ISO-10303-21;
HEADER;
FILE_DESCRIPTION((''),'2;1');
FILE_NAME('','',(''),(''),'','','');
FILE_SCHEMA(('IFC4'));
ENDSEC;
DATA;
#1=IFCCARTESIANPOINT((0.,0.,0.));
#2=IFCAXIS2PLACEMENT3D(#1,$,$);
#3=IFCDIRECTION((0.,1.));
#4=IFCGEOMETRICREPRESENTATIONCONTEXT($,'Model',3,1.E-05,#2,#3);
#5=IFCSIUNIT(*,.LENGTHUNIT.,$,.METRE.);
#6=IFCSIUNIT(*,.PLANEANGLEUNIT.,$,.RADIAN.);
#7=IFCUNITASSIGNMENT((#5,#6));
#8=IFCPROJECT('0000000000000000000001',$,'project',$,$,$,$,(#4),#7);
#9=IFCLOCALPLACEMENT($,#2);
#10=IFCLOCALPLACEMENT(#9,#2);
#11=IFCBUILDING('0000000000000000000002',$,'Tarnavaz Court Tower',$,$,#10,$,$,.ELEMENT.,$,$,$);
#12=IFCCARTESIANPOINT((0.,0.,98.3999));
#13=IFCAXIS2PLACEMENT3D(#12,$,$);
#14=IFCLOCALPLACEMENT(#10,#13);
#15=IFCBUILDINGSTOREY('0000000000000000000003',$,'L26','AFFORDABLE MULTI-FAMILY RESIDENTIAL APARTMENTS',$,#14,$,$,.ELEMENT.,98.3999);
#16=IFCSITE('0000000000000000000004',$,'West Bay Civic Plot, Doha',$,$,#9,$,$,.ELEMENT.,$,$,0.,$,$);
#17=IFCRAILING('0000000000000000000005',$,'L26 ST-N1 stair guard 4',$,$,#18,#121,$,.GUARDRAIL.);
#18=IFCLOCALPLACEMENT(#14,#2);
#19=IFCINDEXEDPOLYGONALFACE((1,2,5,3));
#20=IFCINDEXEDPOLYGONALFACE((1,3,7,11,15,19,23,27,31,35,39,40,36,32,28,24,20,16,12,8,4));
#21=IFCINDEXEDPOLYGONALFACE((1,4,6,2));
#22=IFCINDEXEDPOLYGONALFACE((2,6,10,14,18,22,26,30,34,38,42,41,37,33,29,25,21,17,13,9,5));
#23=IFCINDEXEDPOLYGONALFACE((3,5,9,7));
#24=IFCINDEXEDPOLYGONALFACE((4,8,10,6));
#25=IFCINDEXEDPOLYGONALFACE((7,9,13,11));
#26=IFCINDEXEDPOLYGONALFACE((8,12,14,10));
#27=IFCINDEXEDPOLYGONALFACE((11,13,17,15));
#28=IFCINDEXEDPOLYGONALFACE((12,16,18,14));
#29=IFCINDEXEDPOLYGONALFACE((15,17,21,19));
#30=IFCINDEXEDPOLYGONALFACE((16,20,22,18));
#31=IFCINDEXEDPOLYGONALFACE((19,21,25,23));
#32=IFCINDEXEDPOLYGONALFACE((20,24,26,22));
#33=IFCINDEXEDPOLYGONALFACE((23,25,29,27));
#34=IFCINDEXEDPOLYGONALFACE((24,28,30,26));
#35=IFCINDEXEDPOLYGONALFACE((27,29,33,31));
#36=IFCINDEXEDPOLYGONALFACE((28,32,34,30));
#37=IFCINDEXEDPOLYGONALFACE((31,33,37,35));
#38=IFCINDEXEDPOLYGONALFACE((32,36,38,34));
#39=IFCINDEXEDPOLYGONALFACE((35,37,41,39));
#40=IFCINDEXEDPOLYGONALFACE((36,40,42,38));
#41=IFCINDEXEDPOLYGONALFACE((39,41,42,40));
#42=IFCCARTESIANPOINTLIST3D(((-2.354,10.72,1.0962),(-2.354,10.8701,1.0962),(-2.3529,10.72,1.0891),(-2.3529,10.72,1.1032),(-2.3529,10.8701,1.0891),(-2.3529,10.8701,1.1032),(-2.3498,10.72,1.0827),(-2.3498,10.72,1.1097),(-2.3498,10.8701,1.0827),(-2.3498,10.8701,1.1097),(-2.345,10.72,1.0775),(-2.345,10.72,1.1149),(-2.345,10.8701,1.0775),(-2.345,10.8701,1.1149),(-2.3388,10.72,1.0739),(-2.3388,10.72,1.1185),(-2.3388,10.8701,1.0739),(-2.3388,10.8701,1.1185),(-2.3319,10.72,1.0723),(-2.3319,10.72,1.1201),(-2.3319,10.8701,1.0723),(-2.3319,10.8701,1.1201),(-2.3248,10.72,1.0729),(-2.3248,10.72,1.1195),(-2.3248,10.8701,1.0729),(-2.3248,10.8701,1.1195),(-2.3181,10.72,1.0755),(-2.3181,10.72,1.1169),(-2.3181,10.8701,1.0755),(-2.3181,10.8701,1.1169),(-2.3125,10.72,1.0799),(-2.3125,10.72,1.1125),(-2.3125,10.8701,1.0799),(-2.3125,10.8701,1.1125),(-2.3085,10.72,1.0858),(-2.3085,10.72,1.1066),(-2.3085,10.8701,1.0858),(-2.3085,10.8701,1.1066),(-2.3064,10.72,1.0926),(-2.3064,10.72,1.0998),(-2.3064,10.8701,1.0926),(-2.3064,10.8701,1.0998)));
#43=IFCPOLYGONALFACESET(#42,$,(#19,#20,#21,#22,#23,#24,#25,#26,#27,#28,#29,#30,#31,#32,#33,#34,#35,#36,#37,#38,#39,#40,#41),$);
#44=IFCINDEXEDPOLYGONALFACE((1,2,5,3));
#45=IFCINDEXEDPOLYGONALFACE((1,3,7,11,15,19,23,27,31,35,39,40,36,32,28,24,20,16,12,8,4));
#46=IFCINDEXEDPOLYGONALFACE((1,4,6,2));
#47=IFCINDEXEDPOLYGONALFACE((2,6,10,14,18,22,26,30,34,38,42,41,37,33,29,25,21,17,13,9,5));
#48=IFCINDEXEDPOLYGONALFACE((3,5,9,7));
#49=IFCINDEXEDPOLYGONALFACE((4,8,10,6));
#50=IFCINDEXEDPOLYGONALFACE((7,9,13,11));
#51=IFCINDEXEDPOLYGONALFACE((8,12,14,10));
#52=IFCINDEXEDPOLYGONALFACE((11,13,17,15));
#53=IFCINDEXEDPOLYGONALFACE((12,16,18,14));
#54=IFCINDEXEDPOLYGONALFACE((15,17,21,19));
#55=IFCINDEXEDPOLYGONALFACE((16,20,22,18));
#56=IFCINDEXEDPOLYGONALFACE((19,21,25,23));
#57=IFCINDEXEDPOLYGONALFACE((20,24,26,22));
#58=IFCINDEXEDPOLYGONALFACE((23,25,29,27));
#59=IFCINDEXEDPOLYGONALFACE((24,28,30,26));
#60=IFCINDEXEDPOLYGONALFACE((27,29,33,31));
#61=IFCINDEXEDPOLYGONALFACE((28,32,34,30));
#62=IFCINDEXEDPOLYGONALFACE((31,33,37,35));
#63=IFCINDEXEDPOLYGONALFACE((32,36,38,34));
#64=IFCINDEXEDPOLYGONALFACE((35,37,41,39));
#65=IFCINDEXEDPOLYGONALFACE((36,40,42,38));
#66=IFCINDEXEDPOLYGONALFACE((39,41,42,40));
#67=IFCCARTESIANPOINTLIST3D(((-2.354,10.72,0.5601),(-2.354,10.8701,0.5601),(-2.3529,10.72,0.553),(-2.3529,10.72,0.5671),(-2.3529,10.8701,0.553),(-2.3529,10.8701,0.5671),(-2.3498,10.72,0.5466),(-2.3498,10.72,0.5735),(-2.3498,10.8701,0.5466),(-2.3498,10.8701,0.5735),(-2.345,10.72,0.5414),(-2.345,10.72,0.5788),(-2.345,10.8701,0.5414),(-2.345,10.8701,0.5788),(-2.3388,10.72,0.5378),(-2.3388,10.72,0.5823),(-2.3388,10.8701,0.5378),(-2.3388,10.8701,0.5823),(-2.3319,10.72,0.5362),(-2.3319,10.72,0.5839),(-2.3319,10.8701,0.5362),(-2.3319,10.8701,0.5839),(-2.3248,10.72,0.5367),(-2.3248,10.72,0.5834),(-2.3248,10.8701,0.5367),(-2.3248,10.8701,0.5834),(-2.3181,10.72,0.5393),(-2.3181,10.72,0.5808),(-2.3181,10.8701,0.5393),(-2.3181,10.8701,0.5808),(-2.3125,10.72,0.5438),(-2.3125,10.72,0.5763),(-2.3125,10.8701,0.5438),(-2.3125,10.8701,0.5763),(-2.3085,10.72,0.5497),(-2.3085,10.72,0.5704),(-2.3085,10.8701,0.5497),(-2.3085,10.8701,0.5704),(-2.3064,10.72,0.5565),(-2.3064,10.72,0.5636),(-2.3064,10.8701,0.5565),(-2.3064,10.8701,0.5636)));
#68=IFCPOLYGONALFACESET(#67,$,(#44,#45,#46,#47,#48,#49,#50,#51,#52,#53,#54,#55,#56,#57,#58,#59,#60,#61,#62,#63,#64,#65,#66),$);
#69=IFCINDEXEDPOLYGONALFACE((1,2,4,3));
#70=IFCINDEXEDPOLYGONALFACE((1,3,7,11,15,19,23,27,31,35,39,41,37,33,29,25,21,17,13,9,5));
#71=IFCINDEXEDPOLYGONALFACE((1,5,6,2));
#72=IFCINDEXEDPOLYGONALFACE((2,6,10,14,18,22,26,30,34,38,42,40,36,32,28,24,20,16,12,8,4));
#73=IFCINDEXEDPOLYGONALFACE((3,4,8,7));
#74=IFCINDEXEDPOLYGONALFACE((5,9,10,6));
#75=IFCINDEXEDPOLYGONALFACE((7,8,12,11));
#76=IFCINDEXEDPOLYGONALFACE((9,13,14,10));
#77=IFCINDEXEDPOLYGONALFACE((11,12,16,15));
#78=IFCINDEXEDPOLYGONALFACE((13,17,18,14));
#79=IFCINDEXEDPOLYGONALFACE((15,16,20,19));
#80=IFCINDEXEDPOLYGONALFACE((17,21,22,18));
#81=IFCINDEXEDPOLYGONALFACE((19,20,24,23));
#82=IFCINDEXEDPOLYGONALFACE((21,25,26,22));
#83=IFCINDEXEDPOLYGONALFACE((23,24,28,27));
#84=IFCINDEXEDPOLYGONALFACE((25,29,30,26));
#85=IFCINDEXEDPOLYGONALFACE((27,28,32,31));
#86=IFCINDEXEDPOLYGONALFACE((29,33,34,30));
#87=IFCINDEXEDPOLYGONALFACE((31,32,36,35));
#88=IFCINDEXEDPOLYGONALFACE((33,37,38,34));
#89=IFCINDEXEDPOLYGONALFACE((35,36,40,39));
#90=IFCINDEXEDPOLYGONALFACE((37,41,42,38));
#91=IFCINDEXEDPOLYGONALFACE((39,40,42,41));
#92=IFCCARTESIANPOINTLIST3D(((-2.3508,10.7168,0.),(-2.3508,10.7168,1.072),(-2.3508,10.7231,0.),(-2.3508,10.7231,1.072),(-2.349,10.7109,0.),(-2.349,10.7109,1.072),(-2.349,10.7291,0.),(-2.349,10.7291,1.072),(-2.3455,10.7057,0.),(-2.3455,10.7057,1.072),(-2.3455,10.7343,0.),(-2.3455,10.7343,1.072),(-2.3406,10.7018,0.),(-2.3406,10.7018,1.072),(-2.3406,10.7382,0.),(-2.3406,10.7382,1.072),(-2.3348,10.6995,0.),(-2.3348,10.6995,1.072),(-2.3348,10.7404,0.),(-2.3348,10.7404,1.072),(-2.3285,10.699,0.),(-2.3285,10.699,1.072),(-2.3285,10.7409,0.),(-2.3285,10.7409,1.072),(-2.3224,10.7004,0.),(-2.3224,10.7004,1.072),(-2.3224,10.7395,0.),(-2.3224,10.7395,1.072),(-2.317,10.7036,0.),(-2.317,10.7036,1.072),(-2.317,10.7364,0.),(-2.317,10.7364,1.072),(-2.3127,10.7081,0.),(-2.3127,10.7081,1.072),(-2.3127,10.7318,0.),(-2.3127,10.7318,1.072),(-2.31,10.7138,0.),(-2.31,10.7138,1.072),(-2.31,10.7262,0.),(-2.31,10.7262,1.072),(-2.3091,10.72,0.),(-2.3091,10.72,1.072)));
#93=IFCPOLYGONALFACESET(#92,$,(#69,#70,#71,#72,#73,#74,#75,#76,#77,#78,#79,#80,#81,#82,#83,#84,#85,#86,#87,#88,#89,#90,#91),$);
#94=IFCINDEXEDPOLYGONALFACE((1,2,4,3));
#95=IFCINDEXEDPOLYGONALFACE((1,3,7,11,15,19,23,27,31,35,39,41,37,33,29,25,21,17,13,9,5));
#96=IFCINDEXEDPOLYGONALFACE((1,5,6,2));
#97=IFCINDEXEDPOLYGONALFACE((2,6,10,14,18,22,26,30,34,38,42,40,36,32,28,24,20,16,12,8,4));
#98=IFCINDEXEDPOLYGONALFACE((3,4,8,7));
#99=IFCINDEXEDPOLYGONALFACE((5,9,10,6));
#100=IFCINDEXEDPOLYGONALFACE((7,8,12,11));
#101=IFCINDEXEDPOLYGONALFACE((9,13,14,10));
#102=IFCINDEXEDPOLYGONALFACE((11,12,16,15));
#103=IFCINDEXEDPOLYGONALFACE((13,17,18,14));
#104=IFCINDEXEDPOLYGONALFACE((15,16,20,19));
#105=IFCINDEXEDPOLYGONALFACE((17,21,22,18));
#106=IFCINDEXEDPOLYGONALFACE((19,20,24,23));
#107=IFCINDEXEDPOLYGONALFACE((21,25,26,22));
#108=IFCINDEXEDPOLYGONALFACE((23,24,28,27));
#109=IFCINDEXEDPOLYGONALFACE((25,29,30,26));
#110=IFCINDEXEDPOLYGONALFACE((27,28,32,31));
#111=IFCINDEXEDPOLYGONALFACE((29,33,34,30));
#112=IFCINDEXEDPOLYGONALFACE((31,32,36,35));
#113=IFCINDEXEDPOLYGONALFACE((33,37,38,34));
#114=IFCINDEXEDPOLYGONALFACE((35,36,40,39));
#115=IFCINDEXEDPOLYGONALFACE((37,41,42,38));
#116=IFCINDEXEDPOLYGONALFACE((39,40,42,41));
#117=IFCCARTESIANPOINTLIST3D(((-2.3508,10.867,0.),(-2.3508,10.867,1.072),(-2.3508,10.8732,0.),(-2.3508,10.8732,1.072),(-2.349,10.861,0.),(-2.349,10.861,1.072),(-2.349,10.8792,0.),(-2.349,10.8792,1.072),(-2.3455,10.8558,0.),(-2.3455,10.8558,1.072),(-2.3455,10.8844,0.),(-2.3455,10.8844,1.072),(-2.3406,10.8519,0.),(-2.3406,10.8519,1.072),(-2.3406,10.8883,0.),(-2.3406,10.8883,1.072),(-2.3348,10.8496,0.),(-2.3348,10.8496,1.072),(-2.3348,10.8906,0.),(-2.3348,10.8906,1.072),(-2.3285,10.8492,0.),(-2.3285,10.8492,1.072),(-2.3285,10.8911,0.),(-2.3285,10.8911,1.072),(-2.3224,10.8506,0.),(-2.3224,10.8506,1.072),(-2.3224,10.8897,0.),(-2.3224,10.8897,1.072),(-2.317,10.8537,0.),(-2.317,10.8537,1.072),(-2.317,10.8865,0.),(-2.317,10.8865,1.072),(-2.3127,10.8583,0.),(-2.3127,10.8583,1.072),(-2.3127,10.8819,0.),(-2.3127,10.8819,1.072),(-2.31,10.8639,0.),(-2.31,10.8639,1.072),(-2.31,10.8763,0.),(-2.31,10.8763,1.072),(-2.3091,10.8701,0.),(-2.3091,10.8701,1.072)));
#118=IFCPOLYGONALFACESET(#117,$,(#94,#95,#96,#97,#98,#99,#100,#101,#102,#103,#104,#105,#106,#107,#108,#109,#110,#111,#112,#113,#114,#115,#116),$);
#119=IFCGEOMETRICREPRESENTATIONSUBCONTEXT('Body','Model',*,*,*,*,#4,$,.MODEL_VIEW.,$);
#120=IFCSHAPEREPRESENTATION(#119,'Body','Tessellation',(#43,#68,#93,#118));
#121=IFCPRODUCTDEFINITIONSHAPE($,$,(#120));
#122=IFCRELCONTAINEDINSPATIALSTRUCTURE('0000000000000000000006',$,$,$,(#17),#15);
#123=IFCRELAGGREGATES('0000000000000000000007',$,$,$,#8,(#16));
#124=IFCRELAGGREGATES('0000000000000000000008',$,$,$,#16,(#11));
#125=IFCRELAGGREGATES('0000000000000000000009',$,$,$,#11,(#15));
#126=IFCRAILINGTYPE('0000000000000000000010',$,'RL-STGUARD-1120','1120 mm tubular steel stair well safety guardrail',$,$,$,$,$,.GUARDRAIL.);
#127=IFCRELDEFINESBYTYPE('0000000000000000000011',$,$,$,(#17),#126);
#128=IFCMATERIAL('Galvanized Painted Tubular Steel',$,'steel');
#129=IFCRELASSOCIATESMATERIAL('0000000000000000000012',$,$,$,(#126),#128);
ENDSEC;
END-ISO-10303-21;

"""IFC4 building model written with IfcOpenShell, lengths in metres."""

from ifc_helpers import new_model, si_unit, direction, frame, origin, origin_2d, place, context, subcontext, project, spatial, circle, extrude, material, type_object, element, save


model = new_model("IFC4")

# Units and contexts
model_context = context("Model", 3, precision=1e-05, world=origin(), true_north=direction((0.0, 1.0)))
body_context = subcontext(model_context, "Body", "Model", "MODEL_VIEW")
ifc_project = project(units=[si_unit("LENGTHUNIT", "METRE"), si_unit("PLANEANGLEUNIT", "RADIAN")], contexts=[model_context])

# Site, building, storey
site_placement = place(None, origin())
site = spatial("IfcSite", under=ifc_project, at=site_placement, Name="West Bay Civic Plot, Doha", CompositionType="ELEMENT", RefElevation=0.0)
building_placement = place(site_placement, origin())
building = spatial("IfcBuilding", under=site, at=building_placement, Name="Tarnavaz Court Tower", CompositionType="ELEMENT")
storey_placement = place(building_placement, frame((0.0, 0.0, 98.3999)))
storey = spatial("IfcBuildingStorey", under=building, at=storey_placement, Name="L26", Description="AFFORDABLE MULTI-FAMILY RESIDENTIAL APARTMENTS", CompositionType="ELEMENT", Elevation=98.3999)

# Railing
ifc_material_1 = material(Name="Galvanized Painted Tubular Steel", Category="steel")
railing_type_1 = type_object("IfcRailingType", Name="RL-STGUARD-1120", Description="1120 mm tubular steel stair well safety guardrail", PredefinedType="GUARDRAIL", material=ifc_material_1)
railing_1_placement = place(storey_placement, frame((-2.3301, 10.72, 0.0)))
element("IfcRailing", 1, at=railing_1_placement, inside=storey, type_object=railing_type_1, Name="L26 ST-N1 stair guard 4", PredefinedType="GUARDRAIL", context=body_context, shape_type="SweptSolid", body=[
    extrude(circle(Radius=0.0239, at=origin_2d()), frame((0.0, 0.0, 1.0962), z_axis=(0.0, 1.0, 0.0), x_axis=(-1.0, 0.0, 0.0)), (0.0, 0.0, 1.0), 0.1501),
    extrude(circle(Radius=0.0239, at=origin_2d()), frame((0.0, 0.0, 0.5601), z_axis=(0.0, 1.0, 0.0), x_axis=(-1.0, 0.0, 0.0)), (0.0, 0.0, 1.0), 0.1501),
    extrude(circle(Radius=0.021, at=origin_2d()), origin(), (0.0, 0.0, 1.0), 1.072),
    extrude(circle(Radius=0.021, at=origin_2d()), frame((0.0, 0.1501, 0.0)), (0.0, 0.0, 1.0), 1.072),
])

save(model, "model.ifc")
